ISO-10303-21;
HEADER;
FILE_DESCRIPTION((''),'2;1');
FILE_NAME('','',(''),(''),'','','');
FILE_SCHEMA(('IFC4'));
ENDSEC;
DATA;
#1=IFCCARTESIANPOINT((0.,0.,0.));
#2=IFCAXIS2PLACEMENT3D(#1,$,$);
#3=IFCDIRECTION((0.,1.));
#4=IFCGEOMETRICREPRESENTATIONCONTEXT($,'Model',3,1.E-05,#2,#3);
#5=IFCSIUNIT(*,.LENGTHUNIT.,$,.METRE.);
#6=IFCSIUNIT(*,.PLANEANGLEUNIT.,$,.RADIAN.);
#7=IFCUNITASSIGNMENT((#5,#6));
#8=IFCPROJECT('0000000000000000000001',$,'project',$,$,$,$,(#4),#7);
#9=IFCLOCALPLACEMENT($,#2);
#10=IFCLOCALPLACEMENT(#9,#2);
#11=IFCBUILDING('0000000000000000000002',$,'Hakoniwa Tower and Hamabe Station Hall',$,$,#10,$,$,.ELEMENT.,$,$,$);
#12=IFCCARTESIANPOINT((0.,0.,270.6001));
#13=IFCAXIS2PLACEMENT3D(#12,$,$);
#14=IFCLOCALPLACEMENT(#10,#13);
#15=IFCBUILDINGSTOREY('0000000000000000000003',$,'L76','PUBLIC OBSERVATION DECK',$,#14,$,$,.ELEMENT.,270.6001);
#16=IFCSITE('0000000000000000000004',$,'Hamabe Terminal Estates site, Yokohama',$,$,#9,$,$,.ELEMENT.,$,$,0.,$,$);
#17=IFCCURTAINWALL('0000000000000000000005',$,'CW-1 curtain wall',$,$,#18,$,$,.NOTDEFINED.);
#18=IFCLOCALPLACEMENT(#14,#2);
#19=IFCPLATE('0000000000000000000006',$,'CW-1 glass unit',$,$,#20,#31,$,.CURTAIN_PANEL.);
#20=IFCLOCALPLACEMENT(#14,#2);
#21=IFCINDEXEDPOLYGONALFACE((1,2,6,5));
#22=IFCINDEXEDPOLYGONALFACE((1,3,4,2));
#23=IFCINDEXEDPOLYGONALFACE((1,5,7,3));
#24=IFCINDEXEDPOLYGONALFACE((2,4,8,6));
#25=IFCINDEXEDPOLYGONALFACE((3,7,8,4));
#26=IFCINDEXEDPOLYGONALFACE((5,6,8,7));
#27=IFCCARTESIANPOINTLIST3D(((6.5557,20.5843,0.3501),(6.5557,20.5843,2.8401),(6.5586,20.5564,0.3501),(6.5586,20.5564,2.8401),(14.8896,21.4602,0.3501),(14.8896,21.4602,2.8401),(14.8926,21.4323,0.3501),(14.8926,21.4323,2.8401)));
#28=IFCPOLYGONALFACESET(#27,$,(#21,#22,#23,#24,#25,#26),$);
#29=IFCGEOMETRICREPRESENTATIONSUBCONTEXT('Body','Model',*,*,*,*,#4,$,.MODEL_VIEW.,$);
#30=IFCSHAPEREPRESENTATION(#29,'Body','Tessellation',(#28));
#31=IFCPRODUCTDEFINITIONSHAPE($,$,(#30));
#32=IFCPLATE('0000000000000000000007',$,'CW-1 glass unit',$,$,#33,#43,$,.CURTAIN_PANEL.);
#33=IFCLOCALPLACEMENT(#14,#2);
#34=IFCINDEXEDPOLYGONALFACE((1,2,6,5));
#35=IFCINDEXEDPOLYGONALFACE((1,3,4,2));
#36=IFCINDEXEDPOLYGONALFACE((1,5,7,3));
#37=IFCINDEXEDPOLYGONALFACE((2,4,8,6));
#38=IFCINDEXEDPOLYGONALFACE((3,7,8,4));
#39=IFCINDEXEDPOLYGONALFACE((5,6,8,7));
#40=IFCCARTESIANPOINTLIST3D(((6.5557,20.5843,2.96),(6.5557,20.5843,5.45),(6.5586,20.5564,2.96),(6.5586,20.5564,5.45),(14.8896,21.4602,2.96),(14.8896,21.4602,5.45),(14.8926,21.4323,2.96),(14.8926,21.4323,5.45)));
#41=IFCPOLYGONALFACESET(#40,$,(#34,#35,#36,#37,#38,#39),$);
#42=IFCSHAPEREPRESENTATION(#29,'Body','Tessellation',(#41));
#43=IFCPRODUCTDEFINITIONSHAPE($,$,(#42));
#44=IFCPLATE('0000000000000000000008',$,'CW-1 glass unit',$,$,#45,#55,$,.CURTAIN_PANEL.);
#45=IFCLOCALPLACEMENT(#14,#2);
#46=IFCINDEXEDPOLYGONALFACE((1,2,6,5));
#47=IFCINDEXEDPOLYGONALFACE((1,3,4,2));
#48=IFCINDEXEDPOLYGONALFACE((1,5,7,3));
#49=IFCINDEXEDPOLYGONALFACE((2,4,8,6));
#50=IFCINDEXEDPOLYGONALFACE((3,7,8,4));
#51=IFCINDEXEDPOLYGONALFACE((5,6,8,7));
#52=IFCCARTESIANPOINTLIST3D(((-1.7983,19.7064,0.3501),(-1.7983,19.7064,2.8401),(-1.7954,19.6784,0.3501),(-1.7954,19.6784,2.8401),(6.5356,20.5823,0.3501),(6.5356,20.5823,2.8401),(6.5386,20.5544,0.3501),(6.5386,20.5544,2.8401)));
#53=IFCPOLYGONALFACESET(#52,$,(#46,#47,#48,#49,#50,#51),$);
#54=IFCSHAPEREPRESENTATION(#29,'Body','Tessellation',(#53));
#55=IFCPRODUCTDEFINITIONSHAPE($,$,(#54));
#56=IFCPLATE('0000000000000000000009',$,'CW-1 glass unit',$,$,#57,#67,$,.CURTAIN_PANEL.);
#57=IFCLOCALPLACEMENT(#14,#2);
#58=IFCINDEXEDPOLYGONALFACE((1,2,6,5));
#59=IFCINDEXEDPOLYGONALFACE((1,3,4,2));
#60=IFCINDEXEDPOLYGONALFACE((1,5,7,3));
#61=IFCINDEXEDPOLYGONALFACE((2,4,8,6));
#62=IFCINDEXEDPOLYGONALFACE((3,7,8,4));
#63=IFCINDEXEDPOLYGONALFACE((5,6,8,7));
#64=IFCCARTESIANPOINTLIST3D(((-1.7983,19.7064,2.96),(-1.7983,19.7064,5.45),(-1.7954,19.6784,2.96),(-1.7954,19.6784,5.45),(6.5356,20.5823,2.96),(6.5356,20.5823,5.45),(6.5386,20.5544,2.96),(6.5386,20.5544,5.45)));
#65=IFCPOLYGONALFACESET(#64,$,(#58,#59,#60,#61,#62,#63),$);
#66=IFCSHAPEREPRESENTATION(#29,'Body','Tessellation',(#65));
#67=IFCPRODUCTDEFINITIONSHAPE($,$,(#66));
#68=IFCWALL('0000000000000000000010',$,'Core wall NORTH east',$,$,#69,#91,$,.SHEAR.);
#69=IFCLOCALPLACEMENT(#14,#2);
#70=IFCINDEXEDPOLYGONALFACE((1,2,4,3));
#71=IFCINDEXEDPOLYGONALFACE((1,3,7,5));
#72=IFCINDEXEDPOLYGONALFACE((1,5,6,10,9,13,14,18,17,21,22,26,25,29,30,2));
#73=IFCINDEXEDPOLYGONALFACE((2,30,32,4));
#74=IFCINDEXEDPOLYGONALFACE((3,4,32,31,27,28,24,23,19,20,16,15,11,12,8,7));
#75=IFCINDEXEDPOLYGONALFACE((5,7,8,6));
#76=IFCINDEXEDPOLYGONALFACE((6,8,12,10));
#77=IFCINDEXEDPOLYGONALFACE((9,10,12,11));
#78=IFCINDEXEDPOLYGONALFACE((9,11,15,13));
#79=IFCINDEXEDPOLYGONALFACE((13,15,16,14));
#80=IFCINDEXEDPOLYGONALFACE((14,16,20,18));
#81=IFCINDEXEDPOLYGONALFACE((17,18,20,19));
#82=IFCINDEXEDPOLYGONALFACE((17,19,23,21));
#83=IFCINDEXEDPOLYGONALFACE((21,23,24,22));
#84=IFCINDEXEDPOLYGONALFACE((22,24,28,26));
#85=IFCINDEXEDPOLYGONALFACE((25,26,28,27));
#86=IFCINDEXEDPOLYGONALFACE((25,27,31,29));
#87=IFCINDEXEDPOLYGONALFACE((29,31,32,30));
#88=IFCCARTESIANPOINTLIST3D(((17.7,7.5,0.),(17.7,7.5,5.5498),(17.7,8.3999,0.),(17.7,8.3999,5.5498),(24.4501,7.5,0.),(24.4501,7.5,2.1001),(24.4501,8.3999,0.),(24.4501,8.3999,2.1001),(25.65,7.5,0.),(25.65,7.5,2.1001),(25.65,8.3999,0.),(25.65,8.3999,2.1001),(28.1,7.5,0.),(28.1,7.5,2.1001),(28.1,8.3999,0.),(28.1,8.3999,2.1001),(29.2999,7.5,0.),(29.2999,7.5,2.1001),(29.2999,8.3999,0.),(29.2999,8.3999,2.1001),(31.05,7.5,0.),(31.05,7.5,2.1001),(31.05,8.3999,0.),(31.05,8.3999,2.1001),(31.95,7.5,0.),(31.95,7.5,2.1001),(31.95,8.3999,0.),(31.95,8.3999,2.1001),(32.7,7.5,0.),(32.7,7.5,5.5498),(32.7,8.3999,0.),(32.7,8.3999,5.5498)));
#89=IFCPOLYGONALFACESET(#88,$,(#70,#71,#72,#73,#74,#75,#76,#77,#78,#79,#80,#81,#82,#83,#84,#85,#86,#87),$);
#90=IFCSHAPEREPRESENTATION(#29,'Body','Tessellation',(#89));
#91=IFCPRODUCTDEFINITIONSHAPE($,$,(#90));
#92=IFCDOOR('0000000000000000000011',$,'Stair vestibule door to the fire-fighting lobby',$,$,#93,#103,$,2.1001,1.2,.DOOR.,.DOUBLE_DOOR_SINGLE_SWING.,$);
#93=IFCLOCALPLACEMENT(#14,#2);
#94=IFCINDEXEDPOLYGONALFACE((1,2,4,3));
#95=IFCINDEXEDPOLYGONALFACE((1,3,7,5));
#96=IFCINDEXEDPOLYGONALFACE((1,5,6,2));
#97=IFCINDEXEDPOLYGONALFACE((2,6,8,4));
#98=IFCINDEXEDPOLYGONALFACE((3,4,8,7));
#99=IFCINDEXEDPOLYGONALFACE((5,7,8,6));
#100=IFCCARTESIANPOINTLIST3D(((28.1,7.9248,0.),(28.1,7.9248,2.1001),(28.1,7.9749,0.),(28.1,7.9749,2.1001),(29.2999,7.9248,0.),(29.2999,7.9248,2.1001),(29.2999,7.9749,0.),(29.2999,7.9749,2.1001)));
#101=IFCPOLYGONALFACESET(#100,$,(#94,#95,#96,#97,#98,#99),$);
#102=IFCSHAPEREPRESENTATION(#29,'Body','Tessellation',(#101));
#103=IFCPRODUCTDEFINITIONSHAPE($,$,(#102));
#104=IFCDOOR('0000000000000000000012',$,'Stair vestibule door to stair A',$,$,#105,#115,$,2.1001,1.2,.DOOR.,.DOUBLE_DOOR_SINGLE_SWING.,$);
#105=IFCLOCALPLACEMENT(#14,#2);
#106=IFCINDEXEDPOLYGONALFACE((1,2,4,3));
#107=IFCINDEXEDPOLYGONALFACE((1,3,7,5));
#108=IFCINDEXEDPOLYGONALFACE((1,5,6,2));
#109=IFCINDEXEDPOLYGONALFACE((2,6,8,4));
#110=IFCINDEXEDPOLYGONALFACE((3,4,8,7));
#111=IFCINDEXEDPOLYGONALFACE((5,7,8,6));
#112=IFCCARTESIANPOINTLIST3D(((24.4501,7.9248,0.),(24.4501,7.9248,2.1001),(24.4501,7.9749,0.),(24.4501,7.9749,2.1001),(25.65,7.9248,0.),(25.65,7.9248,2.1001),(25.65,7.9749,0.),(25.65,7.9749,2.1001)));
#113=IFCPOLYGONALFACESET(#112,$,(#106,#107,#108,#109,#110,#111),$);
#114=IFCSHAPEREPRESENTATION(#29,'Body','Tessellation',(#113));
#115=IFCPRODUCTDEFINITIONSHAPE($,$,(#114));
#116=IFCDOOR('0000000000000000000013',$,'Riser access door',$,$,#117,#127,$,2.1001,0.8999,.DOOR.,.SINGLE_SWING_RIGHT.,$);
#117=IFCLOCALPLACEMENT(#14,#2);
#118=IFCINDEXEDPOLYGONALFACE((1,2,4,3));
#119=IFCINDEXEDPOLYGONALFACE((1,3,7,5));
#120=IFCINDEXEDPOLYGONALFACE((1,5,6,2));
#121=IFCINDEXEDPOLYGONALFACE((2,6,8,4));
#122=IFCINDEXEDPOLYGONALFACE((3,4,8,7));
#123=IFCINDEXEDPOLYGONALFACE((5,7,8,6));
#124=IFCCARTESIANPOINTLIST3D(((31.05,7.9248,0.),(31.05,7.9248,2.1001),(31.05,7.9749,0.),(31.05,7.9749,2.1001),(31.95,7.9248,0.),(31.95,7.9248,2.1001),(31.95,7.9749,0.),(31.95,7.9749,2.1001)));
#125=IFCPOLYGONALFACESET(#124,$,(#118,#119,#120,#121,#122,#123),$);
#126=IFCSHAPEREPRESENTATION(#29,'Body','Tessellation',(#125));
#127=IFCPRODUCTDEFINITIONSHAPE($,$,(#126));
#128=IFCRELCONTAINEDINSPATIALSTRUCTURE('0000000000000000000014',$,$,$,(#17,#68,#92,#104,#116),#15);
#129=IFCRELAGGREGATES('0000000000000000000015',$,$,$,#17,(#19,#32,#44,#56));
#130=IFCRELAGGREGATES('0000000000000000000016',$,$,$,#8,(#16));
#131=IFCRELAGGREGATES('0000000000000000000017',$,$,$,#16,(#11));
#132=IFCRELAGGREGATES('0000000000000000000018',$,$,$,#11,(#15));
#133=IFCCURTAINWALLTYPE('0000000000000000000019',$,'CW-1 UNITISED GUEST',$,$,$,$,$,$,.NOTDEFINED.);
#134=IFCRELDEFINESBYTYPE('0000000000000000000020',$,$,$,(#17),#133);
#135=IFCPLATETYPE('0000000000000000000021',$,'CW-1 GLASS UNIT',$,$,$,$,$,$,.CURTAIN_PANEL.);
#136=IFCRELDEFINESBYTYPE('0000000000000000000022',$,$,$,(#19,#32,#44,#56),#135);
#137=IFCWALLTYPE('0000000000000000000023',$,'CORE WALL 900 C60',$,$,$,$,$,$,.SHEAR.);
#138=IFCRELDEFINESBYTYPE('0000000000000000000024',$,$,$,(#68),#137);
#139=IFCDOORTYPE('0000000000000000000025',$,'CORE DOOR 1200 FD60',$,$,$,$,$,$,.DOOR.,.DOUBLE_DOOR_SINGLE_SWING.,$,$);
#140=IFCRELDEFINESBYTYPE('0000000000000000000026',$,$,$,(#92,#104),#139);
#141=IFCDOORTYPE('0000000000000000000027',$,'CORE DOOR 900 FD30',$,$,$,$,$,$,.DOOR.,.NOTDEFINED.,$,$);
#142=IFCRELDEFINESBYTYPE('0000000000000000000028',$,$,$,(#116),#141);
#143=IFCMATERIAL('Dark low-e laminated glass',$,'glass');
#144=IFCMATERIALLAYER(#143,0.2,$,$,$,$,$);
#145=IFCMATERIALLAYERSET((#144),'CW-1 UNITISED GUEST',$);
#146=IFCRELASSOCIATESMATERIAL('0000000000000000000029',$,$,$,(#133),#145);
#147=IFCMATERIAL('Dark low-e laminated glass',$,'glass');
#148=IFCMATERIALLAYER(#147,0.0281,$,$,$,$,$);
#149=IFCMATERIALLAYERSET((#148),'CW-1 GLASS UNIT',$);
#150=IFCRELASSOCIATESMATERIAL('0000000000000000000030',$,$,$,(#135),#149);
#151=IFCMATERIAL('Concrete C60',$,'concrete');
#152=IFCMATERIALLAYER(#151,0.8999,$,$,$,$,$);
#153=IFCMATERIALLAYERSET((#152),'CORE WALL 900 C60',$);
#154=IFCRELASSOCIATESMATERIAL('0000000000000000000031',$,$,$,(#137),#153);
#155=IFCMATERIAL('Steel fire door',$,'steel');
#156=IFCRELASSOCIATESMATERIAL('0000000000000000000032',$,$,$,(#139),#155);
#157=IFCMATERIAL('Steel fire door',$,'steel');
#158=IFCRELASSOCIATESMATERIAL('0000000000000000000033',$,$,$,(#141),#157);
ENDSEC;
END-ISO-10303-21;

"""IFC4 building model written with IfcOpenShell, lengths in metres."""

from ifc_helpers import new_model, si_unit, direction, frame, frame_2d, origin, origin_2d, place, context, subcontext, project, spatial, rectangle, extrude, material, layer, layer_set, type_object, element, fill, aggregate, save


model = new_model("IFC4")

# Units and contexts
model_context = context("Model", 3, precision=1e-05, world=origin(), true_north=direction((0.0, 1.0)))
body_context = subcontext(model_context, "Body", "Model", "MODEL_VIEW")
ifc_project = project(units=[si_unit("LENGTHUNIT", "METRE"), si_unit("PLANEANGLEUNIT", "RADIAN")], contexts=[model_context])

# Site, building, storey
site_placement = place(None, origin())
site = spatial("IfcSite", under=ifc_project, at=site_placement, Name="Hamabe Terminal Estates site, Yokohama", CompositionType="ELEMENT", RefElevation=0.0)
building_placement = place(site_placement, origin())
building = spatial("IfcBuilding", under=site, at=building_placement, Name="Hakoniwa Tower and Hamabe Station Hall", CompositionType="ELEMENT")
storey_placement = place(building_placement, frame((0.0, 0.0, 270.6001)))
storey = spatial("IfcBuildingStorey", under=building, at=storey_placement, Name="L76", Description="PUBLIC OBSERVATION DECK", CompositionType="ELEMENT", Elevation=270.6001)

# Curtain wall, plates
ifc_material_1 = material(Name="Dark low-e laminated glass", Category="glass")
ifc_layer_1 = layer(ifc_material_1, 0.2)
ifc_layer_set_1 = layer_set([ifc_layer_1], Name="CW-1 UNITISED GUEST")
curtain_wall_type = type_object("IfcCurtainWallType", Name="CW-1 UNITISED GUEST", PredefinedType="NOTDEFINED", material=ifc_layer_set_1)
curtain_wall_placement = place(storey_placement, origin())
curtain_wall = element("IfcCurtainWall", 1, at=curtain_wall_placement, inside=storey, type_object=curtain_wall_type, Name="CW-1 curtain wall", PredefinedType="NOTDEFINED")
ifc_material_2 = material(Name="Dark low-e laminated glass", Category="glass")
ifc_layer_2 = layer(ifc_material_2, 0.0281)
ifc_layer_set_2 = layer_set([ifc_layer_2], Name="CW-1 GLASS UNIT")
plate_type = type_object("IfcPlateType", Name="CW-1 GLASS UNIT", PredefinedType="CURTAIN_PANEL", material=ifc_layer_set_2)
plate_1_placement = place(storey_placement, frame((10.7241, 21.0083, 0.3501), z_axis=(0.0, 0.0, 1.0), x_axis=(-0.994522, -0.104528, 0.0)))
plate_1 = element("IfcPlate", 2, at=plate_1_placement, type_object=plate_type, Name="CW-1 glass unit", PredefinedType="CURTAIN_PANEL", context=body_context, shape_type="SweptSolid", body=[
    extrude(rectangle(XDim=8.3799, YDim=0.0281, at=origin_2d()), origin(), (0.0, 0.0, 1.0), 2.49),
])
plate_2_placement = place(storey_placement, frame((10.7241, 21.0083, 2.96), z_axis=(0.0, 0.0, 1.0), x_axis=(-0.994522, -0.104528, 0.0)))
plate_2 = element("IfcPlate", 3, at=plate_2_placement, type_object=plate_type, Name="CW-1 glass unit", PredefinedType="CURTAIN_PANEL", context=body_context, shape_type="SweptSolid", body=[
    extrude(rectangle(XDim=8.3799, YDim=0.0281, at=origin_2d()), origin(), (0.0, 0.0, 1.0), 2.49),
])
plate_3_placement = place(storey_placement, frame((2.3701, 20.1304, 0.3501), z_axis=(0.0, 0.0, 1.0), x_axis=(-0.994522, -0.104528, 0.0)))
plate_3 = element("IfcPlate", 4, at=plate_3_placement, type_object=plate_type, Name="CW-1 glass unit", PredefinedType="CURTAIN_PANEL", context=body_context, shape_type="SweptSolid", body=[
    extrude(rectangle(XDim=8.3799, YDim=0.0281, at=origin_2d()), origin(), (0.0, 0.0, 1.0), 2.49),
])
plate_4_placement = place(storey_placement, frame((2.3701, 20.1304, 2.96), z_axis=(0.0, 0.0, 1.0), x_axis=(-0.994522, -0.104528, 0.0)))
plate_4 = element("IfcPlate", 5, at=plate_4_placement, type_object=plate_type, Name="CW-1 glass unit", PredefinedType="CURTAIN_PANEL", context=body_context, shape_type="SweptSolid", body=[
    extrude(rectangle(XDim=8.3799, YDim=0.0281, at=origin_2d()), origin(), (0.0, 0.0, 1.0), 2.49),
])
aggregate(curtain_wall, [plate_1, plate_2, plate_3, plate_4])

# Wall, openings, doors
ifc_material_3 = material(Name="Concrete C60", Category="concrete")
ifc_layer_3 = layer(ifc_material_3, 0.8999)
ifc_layer_set_3 = layer_set([ifc_layer_3], Name="CORE WALL 900 C60")
wall_type_1 = type_object("IfcWallType", Name="CORE WALL 900 C60", PredefinedType="SHEAR", material=ifc_layer_set_3)
wall_1_placement = place(storey_placement, frame((17.7, 7.95, 0.0), z_axis=(0.0, 0.0, 1.0), x_axis=(1.0, 0.0, 0.0)))
wall_1 = element("IfcWall", 6, at=wall_1_placement, inside=storey, type_object=wall_type_1, Name="Core wall NORTH east", PredefinedType="SHEAR", context=body_context, shape_type="SweptSolid", body=[
    extrude(rectangle(XDim=15.0, YDim=0.8999, at=frame_2d((7.5, 0.0))), origin(), (0.0, 0.0, 1.0), 5.5498),
])
opening_1_placement = place(wall_1_placement, frame((10.3999, 0.0, 0.0)))
opening_1 = element("IfcOpeningElement", 7, at=opening_1_placement, cuts=wall_1, PredefinedType="OPENING", context=body_context, shape_type="SweptSolid", body=[
    extrude(rectangle(XDim=1.2, YDim=2.1001, at=frame_2d((0.6001, 1.05))), frame((0.0, 0.46, 0.0), z_axis=(0.0, -1.0, 0.0), x_axis=(1.0, 0.0, 0.0)), (0.0, 0.0, 1.0), 0.9199),
])
opening_2_placement = place(wall_1_placement, frame((13.3501, 0.0, 0.0)))
opening_2 = element("IfcOpeningElement", 8, at=opening_2_placement, cuts=wall_1, PredefinedType="OPENING", context=body_context, shape_type="SweptSolid", body=[
    extrude(rectangle(XDim=0.8999, YDim=2.1001, at=frame_2d((0.45, 1.05))), frame((0.0, 0.46, 0.0), z_axis=(0.0, -1.0, 0.0), x_axis=(1.0, 0.0, 0.0)), (0.0, 0.0, 1.0), 0.9199),
])
opening_3_placement = place(wall_1_placement, frame((6.75, 0.0, 0.0)))
opening_3 = element("IfcOpeningElement", 9, at=opening_3_placement, cuts=wall_1, PredefinedType="OPENING", context=body_context, shape_type="SweptSolid", body=[
    extrude(rectangle(XDim=1.2, YDim=2.1001, at=frame_2d((0.6001, 1.05))), frame((0.0, 0.46, 0.0), z_axis=(0.0, -1.0, 0.0), x_axis=(1.0, 0.0, 0.0)), (0.0, 0.0, 1.0), 0.9199),
])
ifc_material_4 = material(Name="Steel fire door", Category="steel")
door_type_1 = type_object("IfcDoorType", Name="CORE DOOR 1200 FD60", OperationType="DOUBLE_DOOR_SINGLE_SWING", PredefinedType="DOOR", material=ifc_material_4)
door_1_placement = place(opening_1_placement, origin())
door_1 = element("IfcDoor", 10, at=door_1_placement, inside=storey, type_object=door_type_1, Name="Stair vestibule door to the fire-fighting lobby", OperationType="DOUBLE_DOOR_SINGLE_SWING", OverallHeight=2.1001, OverallWidth=1.2, PredefinedType="DOOR", context=body_context, shape_type="SweptSolid", body=[
    extrude(rectangle(XDim=1.2, YDim=2.1001, at=frame_2d((0.6001, 1.05))), frame((0.0, 0.0249, 0.0), z_axis=(0.0, -1.0, 0.0), x_axis=(1.0, 0.0, 0.0)), (0.0, 0.0, 1.0), 0.05),
])
fill(opening_1, door_1)
door_2_placement = place(opening_3_placement, origin())
door_2 = element("IfcDoor", 11, at=door_2_placement, inside=storey, type_object=door_type_1, Name="Stair vestibule door to stair A", OperationType="DOUBLE_DOOR_SINGLE_SWING", OverallHeight=2.1001, OverallWidth=1.2, PredefinedType="DOOR", context=body_context, shape_type="SweptSolid", body=[
    extrude(rectangle(XDim=1.2, YDim=2.1001, at=frame_2d((0.6001, 1.05))), frame((0.0, 0.0249, 0.0), z_axis=(0.0, -1.0, 0.0), x_axis=(1.0, 0.0, 0.0)), (0.0, 0.0, 1.0), 0.05),
])
fill(opening_3, door_2)
ifc_material_5 = material(Name="Steel fire door", Category="steel")
door_type_2 = type_object("IfcDoorType", Name="CORE DOOR 900 FD30", OperationType="NOTDEFINED", PredefinedType="DOOR", material=ifc_material_5)
door_3_placement = place(opening_2_placement, origin())
door_3 = element("IfcDoor", 12, at=door_3_placement, inside=storey, type_object=door_type_2, Name="Riser access door", OperationType="SINGLE_SWING_RIGHT", OverallHeight=2.1001, OverallWidth=0.8999, PredefinedType="DOOR", context=body_context, shape_type="SweptSolid", body=[
    extrude(rectangle(XDim=0.8999, YDim=2.1001, at=frame_2d((0.45, 1.05))), frame((0.0, 0.0249, 0.0), z_axis=(0.0, -1.0, 0.0), x_axis=(1.0, 0.0, 0.0)), (0.0, 0.0, 1.0), 0.05),
])
fill(opening_2, door_3)

save(model, "model.ifc")
